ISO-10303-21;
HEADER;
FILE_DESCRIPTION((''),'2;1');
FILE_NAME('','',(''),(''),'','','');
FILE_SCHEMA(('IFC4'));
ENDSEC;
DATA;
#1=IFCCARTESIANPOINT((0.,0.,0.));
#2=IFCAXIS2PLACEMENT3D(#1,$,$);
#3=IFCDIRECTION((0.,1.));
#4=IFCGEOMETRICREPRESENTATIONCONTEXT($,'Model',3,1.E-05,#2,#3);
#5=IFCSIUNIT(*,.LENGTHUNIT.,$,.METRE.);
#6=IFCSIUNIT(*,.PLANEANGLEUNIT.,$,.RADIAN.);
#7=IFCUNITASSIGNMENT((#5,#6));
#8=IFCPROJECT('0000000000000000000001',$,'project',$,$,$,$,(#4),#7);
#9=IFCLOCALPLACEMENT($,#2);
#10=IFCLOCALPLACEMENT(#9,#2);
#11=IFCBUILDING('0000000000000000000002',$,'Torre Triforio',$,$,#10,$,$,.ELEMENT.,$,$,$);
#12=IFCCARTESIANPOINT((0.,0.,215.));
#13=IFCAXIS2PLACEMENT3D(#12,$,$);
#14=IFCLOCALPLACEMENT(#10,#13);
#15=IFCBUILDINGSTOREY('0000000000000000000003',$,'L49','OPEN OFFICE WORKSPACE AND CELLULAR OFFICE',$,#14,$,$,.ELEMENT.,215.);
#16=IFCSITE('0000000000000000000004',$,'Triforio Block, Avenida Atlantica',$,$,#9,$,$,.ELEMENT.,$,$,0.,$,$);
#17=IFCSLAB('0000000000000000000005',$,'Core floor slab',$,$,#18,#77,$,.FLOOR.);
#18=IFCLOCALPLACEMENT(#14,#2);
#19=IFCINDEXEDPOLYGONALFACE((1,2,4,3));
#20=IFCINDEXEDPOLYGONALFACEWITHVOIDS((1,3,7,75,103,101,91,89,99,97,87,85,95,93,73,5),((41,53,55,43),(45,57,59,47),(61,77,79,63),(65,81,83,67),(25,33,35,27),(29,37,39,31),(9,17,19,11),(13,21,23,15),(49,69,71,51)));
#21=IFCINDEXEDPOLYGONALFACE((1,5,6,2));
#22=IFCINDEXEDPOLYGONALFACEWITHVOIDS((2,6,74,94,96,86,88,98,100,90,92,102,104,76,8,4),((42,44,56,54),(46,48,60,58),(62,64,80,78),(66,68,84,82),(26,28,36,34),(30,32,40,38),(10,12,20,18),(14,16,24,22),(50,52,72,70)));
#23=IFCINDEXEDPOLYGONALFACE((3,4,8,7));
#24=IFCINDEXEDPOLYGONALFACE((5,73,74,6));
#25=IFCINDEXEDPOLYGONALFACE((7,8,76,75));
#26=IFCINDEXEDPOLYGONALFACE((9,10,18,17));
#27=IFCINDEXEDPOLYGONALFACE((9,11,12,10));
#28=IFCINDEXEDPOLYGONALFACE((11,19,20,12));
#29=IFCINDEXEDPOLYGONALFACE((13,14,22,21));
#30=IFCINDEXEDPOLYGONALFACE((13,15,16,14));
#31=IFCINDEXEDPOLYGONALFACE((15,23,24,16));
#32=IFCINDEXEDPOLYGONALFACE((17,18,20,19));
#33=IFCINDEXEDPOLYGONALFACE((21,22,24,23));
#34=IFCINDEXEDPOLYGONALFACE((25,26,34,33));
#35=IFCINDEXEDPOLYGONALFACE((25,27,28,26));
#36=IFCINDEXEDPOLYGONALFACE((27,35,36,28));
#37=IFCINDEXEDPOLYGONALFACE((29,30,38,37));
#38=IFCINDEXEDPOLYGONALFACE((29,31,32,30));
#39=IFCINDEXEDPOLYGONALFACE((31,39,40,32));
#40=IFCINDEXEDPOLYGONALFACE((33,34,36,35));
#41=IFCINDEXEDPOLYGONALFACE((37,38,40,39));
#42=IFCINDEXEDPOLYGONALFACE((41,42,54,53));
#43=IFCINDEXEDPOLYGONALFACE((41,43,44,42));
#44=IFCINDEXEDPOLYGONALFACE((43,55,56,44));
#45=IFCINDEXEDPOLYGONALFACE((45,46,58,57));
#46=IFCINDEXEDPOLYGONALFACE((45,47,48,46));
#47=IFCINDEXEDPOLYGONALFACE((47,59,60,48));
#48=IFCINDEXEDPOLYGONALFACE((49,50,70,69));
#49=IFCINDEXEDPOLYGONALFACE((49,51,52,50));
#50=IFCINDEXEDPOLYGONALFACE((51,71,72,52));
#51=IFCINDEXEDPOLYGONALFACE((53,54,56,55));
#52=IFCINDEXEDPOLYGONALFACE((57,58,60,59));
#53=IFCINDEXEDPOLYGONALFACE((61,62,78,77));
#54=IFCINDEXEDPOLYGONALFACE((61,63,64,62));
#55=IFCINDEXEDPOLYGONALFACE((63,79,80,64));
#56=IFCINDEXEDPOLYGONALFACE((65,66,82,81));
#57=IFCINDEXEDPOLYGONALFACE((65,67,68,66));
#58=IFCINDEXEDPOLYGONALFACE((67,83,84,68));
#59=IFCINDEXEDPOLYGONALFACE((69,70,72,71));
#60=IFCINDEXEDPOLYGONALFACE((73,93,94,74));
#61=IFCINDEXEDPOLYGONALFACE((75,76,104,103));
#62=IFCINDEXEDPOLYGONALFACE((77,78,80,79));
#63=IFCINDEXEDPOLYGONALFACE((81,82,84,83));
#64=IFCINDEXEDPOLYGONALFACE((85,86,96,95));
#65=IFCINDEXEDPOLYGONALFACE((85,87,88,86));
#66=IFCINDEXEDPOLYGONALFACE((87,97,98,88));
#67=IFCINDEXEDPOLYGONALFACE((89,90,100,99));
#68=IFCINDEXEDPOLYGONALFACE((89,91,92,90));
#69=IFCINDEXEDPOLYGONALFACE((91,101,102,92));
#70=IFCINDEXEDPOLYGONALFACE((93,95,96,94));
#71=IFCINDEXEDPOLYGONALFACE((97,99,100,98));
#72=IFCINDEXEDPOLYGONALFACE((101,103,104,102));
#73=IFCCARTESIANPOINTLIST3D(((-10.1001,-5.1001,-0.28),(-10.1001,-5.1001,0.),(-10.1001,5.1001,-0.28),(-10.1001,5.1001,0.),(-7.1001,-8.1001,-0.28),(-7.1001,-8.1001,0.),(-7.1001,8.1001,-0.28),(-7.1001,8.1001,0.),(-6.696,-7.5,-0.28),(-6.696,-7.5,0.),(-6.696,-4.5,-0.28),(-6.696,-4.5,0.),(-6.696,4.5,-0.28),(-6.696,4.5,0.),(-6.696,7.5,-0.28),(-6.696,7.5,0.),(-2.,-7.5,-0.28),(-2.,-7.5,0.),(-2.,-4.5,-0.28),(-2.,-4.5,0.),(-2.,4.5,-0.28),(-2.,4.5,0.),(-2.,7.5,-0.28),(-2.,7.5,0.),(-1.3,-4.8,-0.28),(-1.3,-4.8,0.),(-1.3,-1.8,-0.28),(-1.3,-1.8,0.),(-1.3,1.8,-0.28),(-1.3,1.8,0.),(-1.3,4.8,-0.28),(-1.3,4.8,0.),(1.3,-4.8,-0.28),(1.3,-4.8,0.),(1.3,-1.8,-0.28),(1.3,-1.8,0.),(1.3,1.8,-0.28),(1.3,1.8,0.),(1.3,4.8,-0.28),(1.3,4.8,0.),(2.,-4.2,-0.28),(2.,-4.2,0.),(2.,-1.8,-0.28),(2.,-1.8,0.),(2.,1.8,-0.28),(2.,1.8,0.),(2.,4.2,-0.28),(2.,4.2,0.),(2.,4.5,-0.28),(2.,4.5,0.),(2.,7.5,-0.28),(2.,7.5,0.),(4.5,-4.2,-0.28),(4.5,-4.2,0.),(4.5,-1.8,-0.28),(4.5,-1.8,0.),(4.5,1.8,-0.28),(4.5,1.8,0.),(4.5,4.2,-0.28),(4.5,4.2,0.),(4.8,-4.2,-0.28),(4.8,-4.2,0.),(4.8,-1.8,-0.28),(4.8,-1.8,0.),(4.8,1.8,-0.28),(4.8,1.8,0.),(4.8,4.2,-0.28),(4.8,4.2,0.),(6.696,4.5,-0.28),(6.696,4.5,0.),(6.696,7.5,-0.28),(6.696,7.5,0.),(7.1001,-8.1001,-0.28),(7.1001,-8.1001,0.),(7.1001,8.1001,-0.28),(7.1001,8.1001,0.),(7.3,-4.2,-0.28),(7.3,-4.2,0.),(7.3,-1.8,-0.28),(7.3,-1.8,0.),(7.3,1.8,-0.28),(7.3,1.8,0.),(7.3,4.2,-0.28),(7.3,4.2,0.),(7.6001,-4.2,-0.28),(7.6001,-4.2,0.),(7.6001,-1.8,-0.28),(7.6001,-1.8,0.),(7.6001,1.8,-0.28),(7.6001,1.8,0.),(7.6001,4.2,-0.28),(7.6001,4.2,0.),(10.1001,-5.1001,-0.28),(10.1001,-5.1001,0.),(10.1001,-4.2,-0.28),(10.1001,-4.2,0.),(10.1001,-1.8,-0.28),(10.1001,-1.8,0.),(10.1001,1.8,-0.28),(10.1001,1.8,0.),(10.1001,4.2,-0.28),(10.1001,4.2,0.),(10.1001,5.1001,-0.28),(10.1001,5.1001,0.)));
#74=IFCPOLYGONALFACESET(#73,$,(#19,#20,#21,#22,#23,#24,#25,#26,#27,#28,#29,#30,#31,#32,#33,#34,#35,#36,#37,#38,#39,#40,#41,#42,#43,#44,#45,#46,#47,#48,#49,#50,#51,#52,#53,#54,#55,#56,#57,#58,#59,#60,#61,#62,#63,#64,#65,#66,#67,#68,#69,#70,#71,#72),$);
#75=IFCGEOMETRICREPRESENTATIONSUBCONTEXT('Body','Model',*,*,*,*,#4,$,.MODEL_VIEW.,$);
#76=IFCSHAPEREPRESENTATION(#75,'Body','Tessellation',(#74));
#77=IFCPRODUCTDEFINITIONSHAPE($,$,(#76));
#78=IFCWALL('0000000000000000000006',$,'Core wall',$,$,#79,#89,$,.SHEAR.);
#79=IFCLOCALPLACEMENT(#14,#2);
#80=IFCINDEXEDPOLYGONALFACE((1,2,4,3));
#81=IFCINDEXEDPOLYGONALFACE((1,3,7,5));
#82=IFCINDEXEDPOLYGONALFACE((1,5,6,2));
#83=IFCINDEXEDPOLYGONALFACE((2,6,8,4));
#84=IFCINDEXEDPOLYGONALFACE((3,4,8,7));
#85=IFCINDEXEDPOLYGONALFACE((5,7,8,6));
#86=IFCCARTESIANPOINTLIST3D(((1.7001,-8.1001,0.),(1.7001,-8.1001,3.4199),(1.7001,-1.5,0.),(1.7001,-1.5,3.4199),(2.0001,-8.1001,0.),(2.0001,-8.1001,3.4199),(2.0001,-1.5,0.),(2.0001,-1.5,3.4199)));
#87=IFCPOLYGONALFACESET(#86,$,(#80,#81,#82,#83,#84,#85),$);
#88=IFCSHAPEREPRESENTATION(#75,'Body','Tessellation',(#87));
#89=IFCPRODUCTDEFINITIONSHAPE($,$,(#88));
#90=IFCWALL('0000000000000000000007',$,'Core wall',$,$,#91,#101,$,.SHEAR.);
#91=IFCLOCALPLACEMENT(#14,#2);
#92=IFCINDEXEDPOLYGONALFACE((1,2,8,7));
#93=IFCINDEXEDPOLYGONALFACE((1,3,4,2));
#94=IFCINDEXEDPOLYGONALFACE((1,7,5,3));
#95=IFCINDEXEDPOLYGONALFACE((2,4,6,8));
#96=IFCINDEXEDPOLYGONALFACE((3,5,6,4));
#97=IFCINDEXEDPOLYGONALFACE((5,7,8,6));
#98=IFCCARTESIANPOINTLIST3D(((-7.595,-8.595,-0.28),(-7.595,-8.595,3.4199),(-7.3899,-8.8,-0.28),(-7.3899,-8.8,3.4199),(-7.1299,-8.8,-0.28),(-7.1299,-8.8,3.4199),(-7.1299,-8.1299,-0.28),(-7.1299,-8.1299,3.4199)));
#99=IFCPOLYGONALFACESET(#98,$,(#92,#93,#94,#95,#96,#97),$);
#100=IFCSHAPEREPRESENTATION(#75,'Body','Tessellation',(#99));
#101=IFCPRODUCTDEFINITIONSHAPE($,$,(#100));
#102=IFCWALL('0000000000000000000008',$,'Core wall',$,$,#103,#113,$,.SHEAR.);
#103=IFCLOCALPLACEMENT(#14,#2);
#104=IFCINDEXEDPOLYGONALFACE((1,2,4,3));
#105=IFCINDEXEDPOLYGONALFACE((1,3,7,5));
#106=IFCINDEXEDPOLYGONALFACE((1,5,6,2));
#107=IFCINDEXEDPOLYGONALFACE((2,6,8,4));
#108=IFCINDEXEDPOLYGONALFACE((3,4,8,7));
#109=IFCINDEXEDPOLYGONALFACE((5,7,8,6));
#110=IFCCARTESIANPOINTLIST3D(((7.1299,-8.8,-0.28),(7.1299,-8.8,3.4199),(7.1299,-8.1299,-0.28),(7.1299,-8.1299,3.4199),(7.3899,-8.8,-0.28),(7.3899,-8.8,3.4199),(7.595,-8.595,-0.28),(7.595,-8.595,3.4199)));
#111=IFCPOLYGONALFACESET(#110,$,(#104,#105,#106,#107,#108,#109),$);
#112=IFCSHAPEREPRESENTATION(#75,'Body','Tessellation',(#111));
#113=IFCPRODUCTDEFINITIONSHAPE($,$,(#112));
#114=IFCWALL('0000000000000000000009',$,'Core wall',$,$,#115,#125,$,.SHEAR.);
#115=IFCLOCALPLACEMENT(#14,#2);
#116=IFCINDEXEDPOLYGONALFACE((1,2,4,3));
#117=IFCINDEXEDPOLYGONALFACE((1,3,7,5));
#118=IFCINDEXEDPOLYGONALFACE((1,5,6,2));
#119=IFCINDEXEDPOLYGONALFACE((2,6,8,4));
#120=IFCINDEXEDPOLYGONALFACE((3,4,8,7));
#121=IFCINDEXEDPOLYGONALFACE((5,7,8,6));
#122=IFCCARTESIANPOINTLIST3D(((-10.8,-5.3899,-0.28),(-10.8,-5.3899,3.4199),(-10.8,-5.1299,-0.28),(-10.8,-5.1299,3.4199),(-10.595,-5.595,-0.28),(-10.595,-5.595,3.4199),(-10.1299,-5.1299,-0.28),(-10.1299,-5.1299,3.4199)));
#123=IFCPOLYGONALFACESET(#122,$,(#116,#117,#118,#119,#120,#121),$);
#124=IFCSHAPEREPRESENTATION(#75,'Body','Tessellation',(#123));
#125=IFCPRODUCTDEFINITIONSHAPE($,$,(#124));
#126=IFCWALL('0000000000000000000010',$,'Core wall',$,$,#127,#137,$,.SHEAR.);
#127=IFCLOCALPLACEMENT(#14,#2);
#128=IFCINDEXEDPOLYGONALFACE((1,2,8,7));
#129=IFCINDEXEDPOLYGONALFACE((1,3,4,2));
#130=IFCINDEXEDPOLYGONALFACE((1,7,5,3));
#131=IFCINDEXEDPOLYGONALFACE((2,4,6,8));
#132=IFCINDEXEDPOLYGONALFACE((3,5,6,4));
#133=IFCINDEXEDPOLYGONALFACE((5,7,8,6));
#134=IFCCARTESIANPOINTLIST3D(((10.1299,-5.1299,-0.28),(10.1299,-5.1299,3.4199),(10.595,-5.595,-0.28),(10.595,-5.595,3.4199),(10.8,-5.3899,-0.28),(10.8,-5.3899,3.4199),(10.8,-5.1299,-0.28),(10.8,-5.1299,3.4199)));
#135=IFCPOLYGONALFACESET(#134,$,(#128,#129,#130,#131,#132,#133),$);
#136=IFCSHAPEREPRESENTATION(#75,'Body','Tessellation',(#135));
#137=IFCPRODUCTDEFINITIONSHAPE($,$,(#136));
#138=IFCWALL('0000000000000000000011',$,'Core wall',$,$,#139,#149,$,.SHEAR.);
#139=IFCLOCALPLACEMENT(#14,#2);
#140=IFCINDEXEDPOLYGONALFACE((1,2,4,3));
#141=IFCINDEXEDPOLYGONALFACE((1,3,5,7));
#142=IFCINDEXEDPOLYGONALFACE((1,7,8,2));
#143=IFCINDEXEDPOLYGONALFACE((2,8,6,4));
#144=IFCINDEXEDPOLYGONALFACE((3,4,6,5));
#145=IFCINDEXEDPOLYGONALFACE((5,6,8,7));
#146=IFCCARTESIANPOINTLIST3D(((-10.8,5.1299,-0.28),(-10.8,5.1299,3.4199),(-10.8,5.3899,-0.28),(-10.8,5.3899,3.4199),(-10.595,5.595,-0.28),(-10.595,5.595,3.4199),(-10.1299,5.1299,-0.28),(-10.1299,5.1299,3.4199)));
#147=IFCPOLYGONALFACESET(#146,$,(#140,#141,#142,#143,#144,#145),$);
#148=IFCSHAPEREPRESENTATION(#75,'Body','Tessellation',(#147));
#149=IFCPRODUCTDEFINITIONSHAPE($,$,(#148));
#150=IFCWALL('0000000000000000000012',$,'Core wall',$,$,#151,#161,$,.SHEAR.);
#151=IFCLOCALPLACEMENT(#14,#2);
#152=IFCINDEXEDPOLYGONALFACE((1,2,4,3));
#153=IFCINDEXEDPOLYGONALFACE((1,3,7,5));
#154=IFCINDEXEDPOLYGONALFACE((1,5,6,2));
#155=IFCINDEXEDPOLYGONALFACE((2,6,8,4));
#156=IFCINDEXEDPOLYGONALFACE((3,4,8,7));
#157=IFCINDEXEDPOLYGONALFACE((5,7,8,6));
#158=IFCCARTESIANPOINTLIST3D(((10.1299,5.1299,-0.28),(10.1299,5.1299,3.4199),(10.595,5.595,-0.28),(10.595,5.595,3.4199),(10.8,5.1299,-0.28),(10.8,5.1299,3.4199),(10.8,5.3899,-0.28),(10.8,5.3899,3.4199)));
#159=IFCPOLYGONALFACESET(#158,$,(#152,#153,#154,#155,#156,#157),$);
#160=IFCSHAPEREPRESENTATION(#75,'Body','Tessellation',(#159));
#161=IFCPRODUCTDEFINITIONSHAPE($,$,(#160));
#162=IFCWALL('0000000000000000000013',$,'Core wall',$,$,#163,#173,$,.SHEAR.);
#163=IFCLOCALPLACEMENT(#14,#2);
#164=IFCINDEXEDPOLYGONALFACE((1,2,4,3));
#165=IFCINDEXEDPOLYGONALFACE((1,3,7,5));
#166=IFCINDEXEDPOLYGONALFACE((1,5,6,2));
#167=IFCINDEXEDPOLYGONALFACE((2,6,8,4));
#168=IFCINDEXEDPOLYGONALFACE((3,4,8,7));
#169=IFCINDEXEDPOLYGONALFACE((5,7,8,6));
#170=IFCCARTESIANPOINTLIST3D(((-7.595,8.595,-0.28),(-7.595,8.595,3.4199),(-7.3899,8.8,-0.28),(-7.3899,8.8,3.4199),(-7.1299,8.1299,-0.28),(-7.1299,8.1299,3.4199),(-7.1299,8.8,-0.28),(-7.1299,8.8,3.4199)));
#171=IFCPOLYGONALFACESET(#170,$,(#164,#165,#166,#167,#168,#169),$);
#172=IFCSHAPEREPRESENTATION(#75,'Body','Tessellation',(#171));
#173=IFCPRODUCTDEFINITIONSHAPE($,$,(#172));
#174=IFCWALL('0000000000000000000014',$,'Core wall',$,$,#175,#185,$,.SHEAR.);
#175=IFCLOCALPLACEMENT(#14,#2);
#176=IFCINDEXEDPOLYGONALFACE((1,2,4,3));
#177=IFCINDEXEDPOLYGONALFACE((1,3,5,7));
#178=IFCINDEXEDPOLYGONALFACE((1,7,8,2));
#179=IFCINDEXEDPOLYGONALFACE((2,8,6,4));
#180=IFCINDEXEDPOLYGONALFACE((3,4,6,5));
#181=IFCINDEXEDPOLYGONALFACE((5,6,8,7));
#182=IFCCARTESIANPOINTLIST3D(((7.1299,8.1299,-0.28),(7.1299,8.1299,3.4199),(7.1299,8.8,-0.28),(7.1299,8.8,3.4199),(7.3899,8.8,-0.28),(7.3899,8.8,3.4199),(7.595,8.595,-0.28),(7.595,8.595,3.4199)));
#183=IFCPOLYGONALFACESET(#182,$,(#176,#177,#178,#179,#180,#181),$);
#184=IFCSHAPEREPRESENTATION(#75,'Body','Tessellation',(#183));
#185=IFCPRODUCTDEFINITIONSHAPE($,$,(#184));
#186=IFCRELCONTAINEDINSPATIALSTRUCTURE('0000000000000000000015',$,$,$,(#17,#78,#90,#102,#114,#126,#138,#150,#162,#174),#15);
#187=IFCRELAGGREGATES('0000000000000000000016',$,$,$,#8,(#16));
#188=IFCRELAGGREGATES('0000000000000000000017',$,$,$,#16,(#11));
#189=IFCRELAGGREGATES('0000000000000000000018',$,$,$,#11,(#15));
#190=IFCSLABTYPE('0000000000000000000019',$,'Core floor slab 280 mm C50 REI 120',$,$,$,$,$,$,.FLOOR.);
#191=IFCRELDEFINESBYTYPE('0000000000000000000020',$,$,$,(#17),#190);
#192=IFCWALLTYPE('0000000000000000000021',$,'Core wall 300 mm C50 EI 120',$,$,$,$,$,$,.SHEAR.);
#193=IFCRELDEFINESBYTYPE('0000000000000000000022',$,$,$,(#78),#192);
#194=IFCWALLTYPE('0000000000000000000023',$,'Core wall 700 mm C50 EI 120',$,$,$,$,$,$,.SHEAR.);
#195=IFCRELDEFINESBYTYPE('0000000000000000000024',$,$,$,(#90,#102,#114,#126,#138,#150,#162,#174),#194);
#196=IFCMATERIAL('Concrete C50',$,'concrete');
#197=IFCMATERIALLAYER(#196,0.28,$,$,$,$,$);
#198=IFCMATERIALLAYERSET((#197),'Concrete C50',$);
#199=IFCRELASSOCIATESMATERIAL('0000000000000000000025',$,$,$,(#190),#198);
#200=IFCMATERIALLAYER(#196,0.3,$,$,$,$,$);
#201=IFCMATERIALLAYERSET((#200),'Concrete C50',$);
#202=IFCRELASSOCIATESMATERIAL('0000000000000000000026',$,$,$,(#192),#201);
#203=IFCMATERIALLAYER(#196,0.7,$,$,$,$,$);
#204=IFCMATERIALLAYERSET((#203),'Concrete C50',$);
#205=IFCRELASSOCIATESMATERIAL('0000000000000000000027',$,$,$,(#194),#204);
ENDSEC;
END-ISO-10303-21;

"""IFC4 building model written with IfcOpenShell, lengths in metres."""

from ifc_helpers import new_model, si_unit, direction, frame, frame_2d, origin, place, context, subcontext, project, spatial, polyline, rectangle, outline, extrude, material, layer, layer_set, type_object, element, save


model = new_model("IFC4")

# Units and contexts
model_context = context("Model", 3, precision=1e-05, world=origin(), true_north=direction((0.0, 1.0)))
body_context = subcontext(model_context, "Body", "Model", "MODEL_VIEW")
ifc_project = project(units=[si_unit("LENGTHUNIT", "METRE"), si_unit("PLANEANGLEUNIT", "RADIAN")], contexts=[model_context])

# Site, building, storey
site_placement = place(None, origin())
site = spatial("IfcSite", under=ifc_project, at=site_placement, Name="Triforio Block, Avenida Atlantica", CompositionType="ELEMENT", RefElevation=0.0)
building_placement = place(site_placement, origin())
building = spatial("IfcBuilding", under=site, at=building_placement, Name="Torre Triforio", CompositionType="ELEMENT")
storey_placement = place(building_placement, frame((0.0, 0.0, 215.0)))
storey = spatial("IfcBuildingStorey", under=building, at=storey_placement, Name="L49", Description="OPEN OFFICE WORKSPACE AND CELLULAR OFFICE", CompositionType="ELEMENT", Elevation=215.0)

# Slab
ifc_material_1 = material(Name="Concrete C50", Category="concrete")
ifc_layer_1 = layer(ifc_material_1, 0.28)
ifc_layer_set_1 = layer_set([ifc_layer_1], Name="Concrete C50")
slab_type = type_object("IfcSlabType", Name="Core floor slab 280 mm C50 REI 120", PredefinedType="FLOOR", material=ifc_layer_set_1)
slab_placement = place(storey_placement, frame((0.0, 0.0, -0.28)))
element("IfcSlab", 1, at=slab_placement, inside=storey, type_object=slab_type, Name="Core floor slab", PredefinedType="FLOOR", context=body_context, shape_type="SweptSolid", body=[
    extrude(outline(polyline([(10.1001, -5.1001), (7.1001, -8.1001), (-7.1001, -8.1001), (-10.1001, -5.1001), (-10.1001, 5.1001), (-7.1001, 8.1001), (7.1001, 8.1001), (10.1001, 5.1001), (10.1001, 4.2), (7.6001, 4.2), (7.6001, 1.8), (10.1001, 1.8), (10.1001, -1.8), (7.6001, -1.8), (7.6001, -4.2), (10.1001, -4.2), (10.1001, -5.1001)]), holes=[polyline([(-6.696, -4.5), (-6.696, -7.5), (-2.0, -7.5), (-2.0, -4.5), (-6.696, -4.5)]), polyline([(-1.3, -1.8), (-1.3, -4.8), (1.3, -4.8), (1.3, -1.8), (-1.3, -1.8)]), polyline([(2.0, -1.8), (2.0, -4.2), (4.5, -4.2), (4.5, -1.8), (2.0, -1.8)]), polyline([(4.5, 4.2), (2.0, 4.2), (2.0, 1.8), (4.5, 1.8), (4.5, 4.2)]), polyline([(1.3, 4.8), (-1.3, 4.8), (-1.3, 1.8), (1.3, 1.8), (1.3, 4.8)]), polyline([(-6.696, 7.5), (-6.696, 4.5), (-2.0, 4.5), (-2.0, 7.5), (-6.696, 7.5)]), polyline([(7.3, -1.8), (4.8, -1.8), (4.8, -4.2), (7.3, -4.2), (7.3, -1.8)]), polyline([(4.8, 4.2), (4.8, 1.8), (7.3, 1.8), (7.3, 4.2), (4.8, 4.2)]), polyline([(6.696, 7.5), (2.0, 7.5), (2.0, 4.5), (6.696, 4.5), (6.696, 7.5)])]), origin(), (0.0, 0.0, 1.0), 0.28),
])

# Walls
ifc_layer_2 = layer(ifc_material_1, 0.3)
ifc_layer_set_2 = layer_set([ifc_layer_2], Name="Concrete C50")
wall_type_1 = type_object("IfcWallType", Name="Core wall 300 mm C50 EI 120", PredefinedType="SHEAR", material=ifc_layer_set_2)
wall_1_placement = place(storey_placement, frame((1.8501, -8.1001, 0.0), z_axis=(0.0, 0.0, 1.0), x_axis=(0.0, 1.0, 0.0)))
element("IfcWall", 2, at=wall_1_placement, inside=storey, type_object=wall_type_1, Name="Core wall", PredefinedType="SHEAR", context=body_context, shape_type="SweptSolid", body=[
    extrude(rectangle(XDim=6.6001, YDim=0.3, at=frame_2d((3.3, 0.0))), origin(), (0.0, 0.0, 1.0), 3.4199),
])
ifc_layer_3 = layer(ifc_material_1, 0.7)
ifc_layer_set_3 = layer_set([ifc_layer_3], Name="Concrete C50")
wall_type_2 = type_object("IfcWallType", Name="Core wall 700 mm C50 EI 120", PredefinedType="SHEAR", material=ifc_layer_set_3)
wall_2_placement = place(storey_placement, frame((0.0, 0.0, -0.28)))
element("IfcWall", 3, at=wall_2_placement, inside=storey, type_object=wall_type_2, Name="Core wall", PredefinedType="SHEAR", context=body_context, shape_type="SweptSolid", body=[
    extrude(outline(polyline([(-7.3899, -8.8), (-7.595, -8.595), (-7.595, -8.595), (-7.595, -8.595), (-7.1299, -8.1299), (-7.1299, -8.8), (-7.1299, -8.8), (-7.3899, -8.8)])), origin(), (0.0, 0.0, 1.0), 3.7),
])
wall_3_placement = place(storey_placement, frame((0.0, 0.0, -0.28)))
element("IfcWall", 4, at=wall_3_placement, inside=storey, type_object=wall_type_2, Name="Core wall", PredefinedType="SHEAR", context=body_context, shape_type="SweptSolid", body=[
    extrude(outline(polyline([(7.3899, -8.8), (7.1299, -8.8), (7.1299, -8.8), (7.1299, -8.1299), (7.595, -8.595), (7.595, -8.595), (7.595, -8.595), (7.3899, -8.8)])), origin(), (0.0, 0.0, 1.0), 3.7),
])
wall_4_placement = place(storey_placement, frame((0.0, 0.0, -0.28)))
element("IfcWall", 5, at=wall_4_placement, inside=storey, type_object=wall_type_2, Name="Core wall", PredefinedType="SHEAR", context=body_context, shape_type="SweptSolid", body=[
    extrude(outline(polyline([(-10.8, -5.3899), (-10.8, -5.1299), (-10.8, -5.1299), (-10.1299, -5.1299), (-10.595, -5.595), (-10.595, -5.595), (-10.595, -5.595), (-10.8, -5.3899)])), origin(), (0.0, 0.0, 1.0), 3.7),
])
wall_5_placement = place(storey_placement, frame((0.0, 0.0, -0.28)))
element("IfcWall", 6, at=wall_5_placement, inside=storey, type_object=wall_type_2, Name="Core wall", PredefinedType="SHEAR", context=body_context, shape_type="SweptSolid", body=[
    extrude(outline(polyline([(10.8, -5.3899), (10.595, -5.595), (10.595, -5.595), (10.595, -5.595), (10.1299, -5.1299), (10.8, -5.1299), (10.8, -5.1299), (10.8, -5.3899)])), origin(), (0.0, 0.0, 1.0), 3.7),
])
wall_6_placement = place(storey_placement, frame((0.0, 0.0, -0.28)))
element("IfcWall", 7, at=wall_6_placement, inside=storey, type_object=wall_type_2, Name="Core wall", PredefinedType="SHEAR", context=body_context, shape_type="SweptSolid", body=[
    extrude(outline(polyline([(-10.595, 5.595), (-10.595, 5.595), (-10.595, 5.595), (-10.1299, 5.1299), (-10.8, 5.1299), (-10.8, 5.1299), (-10.8, 5.3899), (-10.595, 5.595)])), origin(), (0.0, 0.0, 1.0), 3.7),
])
wall_7_placement = place(storey_placement, frame((0.0, 0.0, -0.28)))
element("IfcWall", 8, at=wall_7_placement, inside=storey, type_object=wall_type_2, Name="Core wall", PredefinedType="SHEAR", context=body_context, shape_type="SweptSolid", body=[
    extrude(outline(polyline([(10.8, 5.3899), (10.8, 5.1299), (10.8, 5.1299), (10.1299, 5.1299), (10.595, 5.595), (10.595, 5.595), (10.595, 5.595), (10.8, 5.3899)])), origin(), (0.0, 0.0, 1.0), 3.7),
])
wall_8_placement = place(storey_placement, frame((0.0, 0.0, -0.28)))
element("IfcWall", 9, at=wall_8_placement, inside=storey, type_object=wall_type_2, Name="Core wall", PredefinedType="SHEAR", context=body_context, shape_type="SweptSolid", body=[
    extrude(outline(polyline([(-7.3899, 8.8), (-7.1299, 8.8), (-7.1299, 8.8), (-7.1299, 8.1299), (-7.595, 8.595), (-7.595, 8.595), (-7.595, 8.595), (-7.3899, 8.8)])), origin(), (0.0, 0.0, 1.0), 3.7),
])
wall_9_placement = place(storey_placement, frame((0.0, 0.0, -0.28)))
element("IfcWall", 10, at=wall_9_placement, inside=storey, type_object=wall_type_2, Name="Core wall", PredefinedType="SHEAR", context=body_context, shape_type="SweptSolid", body=[
    extrude(outline(polyline([(7.3899, 8.8), (7.595, 8.595), (7.595, 8.595), (7.595, 8.595), (7.1299, 8.1299), (7.1299, 8.8), (7.1299, 8.8), (7.3899, 8.8)])), origin(), (0.0, 0.0, 1.0), 3.7),
])

save(model, "model.ifc")
